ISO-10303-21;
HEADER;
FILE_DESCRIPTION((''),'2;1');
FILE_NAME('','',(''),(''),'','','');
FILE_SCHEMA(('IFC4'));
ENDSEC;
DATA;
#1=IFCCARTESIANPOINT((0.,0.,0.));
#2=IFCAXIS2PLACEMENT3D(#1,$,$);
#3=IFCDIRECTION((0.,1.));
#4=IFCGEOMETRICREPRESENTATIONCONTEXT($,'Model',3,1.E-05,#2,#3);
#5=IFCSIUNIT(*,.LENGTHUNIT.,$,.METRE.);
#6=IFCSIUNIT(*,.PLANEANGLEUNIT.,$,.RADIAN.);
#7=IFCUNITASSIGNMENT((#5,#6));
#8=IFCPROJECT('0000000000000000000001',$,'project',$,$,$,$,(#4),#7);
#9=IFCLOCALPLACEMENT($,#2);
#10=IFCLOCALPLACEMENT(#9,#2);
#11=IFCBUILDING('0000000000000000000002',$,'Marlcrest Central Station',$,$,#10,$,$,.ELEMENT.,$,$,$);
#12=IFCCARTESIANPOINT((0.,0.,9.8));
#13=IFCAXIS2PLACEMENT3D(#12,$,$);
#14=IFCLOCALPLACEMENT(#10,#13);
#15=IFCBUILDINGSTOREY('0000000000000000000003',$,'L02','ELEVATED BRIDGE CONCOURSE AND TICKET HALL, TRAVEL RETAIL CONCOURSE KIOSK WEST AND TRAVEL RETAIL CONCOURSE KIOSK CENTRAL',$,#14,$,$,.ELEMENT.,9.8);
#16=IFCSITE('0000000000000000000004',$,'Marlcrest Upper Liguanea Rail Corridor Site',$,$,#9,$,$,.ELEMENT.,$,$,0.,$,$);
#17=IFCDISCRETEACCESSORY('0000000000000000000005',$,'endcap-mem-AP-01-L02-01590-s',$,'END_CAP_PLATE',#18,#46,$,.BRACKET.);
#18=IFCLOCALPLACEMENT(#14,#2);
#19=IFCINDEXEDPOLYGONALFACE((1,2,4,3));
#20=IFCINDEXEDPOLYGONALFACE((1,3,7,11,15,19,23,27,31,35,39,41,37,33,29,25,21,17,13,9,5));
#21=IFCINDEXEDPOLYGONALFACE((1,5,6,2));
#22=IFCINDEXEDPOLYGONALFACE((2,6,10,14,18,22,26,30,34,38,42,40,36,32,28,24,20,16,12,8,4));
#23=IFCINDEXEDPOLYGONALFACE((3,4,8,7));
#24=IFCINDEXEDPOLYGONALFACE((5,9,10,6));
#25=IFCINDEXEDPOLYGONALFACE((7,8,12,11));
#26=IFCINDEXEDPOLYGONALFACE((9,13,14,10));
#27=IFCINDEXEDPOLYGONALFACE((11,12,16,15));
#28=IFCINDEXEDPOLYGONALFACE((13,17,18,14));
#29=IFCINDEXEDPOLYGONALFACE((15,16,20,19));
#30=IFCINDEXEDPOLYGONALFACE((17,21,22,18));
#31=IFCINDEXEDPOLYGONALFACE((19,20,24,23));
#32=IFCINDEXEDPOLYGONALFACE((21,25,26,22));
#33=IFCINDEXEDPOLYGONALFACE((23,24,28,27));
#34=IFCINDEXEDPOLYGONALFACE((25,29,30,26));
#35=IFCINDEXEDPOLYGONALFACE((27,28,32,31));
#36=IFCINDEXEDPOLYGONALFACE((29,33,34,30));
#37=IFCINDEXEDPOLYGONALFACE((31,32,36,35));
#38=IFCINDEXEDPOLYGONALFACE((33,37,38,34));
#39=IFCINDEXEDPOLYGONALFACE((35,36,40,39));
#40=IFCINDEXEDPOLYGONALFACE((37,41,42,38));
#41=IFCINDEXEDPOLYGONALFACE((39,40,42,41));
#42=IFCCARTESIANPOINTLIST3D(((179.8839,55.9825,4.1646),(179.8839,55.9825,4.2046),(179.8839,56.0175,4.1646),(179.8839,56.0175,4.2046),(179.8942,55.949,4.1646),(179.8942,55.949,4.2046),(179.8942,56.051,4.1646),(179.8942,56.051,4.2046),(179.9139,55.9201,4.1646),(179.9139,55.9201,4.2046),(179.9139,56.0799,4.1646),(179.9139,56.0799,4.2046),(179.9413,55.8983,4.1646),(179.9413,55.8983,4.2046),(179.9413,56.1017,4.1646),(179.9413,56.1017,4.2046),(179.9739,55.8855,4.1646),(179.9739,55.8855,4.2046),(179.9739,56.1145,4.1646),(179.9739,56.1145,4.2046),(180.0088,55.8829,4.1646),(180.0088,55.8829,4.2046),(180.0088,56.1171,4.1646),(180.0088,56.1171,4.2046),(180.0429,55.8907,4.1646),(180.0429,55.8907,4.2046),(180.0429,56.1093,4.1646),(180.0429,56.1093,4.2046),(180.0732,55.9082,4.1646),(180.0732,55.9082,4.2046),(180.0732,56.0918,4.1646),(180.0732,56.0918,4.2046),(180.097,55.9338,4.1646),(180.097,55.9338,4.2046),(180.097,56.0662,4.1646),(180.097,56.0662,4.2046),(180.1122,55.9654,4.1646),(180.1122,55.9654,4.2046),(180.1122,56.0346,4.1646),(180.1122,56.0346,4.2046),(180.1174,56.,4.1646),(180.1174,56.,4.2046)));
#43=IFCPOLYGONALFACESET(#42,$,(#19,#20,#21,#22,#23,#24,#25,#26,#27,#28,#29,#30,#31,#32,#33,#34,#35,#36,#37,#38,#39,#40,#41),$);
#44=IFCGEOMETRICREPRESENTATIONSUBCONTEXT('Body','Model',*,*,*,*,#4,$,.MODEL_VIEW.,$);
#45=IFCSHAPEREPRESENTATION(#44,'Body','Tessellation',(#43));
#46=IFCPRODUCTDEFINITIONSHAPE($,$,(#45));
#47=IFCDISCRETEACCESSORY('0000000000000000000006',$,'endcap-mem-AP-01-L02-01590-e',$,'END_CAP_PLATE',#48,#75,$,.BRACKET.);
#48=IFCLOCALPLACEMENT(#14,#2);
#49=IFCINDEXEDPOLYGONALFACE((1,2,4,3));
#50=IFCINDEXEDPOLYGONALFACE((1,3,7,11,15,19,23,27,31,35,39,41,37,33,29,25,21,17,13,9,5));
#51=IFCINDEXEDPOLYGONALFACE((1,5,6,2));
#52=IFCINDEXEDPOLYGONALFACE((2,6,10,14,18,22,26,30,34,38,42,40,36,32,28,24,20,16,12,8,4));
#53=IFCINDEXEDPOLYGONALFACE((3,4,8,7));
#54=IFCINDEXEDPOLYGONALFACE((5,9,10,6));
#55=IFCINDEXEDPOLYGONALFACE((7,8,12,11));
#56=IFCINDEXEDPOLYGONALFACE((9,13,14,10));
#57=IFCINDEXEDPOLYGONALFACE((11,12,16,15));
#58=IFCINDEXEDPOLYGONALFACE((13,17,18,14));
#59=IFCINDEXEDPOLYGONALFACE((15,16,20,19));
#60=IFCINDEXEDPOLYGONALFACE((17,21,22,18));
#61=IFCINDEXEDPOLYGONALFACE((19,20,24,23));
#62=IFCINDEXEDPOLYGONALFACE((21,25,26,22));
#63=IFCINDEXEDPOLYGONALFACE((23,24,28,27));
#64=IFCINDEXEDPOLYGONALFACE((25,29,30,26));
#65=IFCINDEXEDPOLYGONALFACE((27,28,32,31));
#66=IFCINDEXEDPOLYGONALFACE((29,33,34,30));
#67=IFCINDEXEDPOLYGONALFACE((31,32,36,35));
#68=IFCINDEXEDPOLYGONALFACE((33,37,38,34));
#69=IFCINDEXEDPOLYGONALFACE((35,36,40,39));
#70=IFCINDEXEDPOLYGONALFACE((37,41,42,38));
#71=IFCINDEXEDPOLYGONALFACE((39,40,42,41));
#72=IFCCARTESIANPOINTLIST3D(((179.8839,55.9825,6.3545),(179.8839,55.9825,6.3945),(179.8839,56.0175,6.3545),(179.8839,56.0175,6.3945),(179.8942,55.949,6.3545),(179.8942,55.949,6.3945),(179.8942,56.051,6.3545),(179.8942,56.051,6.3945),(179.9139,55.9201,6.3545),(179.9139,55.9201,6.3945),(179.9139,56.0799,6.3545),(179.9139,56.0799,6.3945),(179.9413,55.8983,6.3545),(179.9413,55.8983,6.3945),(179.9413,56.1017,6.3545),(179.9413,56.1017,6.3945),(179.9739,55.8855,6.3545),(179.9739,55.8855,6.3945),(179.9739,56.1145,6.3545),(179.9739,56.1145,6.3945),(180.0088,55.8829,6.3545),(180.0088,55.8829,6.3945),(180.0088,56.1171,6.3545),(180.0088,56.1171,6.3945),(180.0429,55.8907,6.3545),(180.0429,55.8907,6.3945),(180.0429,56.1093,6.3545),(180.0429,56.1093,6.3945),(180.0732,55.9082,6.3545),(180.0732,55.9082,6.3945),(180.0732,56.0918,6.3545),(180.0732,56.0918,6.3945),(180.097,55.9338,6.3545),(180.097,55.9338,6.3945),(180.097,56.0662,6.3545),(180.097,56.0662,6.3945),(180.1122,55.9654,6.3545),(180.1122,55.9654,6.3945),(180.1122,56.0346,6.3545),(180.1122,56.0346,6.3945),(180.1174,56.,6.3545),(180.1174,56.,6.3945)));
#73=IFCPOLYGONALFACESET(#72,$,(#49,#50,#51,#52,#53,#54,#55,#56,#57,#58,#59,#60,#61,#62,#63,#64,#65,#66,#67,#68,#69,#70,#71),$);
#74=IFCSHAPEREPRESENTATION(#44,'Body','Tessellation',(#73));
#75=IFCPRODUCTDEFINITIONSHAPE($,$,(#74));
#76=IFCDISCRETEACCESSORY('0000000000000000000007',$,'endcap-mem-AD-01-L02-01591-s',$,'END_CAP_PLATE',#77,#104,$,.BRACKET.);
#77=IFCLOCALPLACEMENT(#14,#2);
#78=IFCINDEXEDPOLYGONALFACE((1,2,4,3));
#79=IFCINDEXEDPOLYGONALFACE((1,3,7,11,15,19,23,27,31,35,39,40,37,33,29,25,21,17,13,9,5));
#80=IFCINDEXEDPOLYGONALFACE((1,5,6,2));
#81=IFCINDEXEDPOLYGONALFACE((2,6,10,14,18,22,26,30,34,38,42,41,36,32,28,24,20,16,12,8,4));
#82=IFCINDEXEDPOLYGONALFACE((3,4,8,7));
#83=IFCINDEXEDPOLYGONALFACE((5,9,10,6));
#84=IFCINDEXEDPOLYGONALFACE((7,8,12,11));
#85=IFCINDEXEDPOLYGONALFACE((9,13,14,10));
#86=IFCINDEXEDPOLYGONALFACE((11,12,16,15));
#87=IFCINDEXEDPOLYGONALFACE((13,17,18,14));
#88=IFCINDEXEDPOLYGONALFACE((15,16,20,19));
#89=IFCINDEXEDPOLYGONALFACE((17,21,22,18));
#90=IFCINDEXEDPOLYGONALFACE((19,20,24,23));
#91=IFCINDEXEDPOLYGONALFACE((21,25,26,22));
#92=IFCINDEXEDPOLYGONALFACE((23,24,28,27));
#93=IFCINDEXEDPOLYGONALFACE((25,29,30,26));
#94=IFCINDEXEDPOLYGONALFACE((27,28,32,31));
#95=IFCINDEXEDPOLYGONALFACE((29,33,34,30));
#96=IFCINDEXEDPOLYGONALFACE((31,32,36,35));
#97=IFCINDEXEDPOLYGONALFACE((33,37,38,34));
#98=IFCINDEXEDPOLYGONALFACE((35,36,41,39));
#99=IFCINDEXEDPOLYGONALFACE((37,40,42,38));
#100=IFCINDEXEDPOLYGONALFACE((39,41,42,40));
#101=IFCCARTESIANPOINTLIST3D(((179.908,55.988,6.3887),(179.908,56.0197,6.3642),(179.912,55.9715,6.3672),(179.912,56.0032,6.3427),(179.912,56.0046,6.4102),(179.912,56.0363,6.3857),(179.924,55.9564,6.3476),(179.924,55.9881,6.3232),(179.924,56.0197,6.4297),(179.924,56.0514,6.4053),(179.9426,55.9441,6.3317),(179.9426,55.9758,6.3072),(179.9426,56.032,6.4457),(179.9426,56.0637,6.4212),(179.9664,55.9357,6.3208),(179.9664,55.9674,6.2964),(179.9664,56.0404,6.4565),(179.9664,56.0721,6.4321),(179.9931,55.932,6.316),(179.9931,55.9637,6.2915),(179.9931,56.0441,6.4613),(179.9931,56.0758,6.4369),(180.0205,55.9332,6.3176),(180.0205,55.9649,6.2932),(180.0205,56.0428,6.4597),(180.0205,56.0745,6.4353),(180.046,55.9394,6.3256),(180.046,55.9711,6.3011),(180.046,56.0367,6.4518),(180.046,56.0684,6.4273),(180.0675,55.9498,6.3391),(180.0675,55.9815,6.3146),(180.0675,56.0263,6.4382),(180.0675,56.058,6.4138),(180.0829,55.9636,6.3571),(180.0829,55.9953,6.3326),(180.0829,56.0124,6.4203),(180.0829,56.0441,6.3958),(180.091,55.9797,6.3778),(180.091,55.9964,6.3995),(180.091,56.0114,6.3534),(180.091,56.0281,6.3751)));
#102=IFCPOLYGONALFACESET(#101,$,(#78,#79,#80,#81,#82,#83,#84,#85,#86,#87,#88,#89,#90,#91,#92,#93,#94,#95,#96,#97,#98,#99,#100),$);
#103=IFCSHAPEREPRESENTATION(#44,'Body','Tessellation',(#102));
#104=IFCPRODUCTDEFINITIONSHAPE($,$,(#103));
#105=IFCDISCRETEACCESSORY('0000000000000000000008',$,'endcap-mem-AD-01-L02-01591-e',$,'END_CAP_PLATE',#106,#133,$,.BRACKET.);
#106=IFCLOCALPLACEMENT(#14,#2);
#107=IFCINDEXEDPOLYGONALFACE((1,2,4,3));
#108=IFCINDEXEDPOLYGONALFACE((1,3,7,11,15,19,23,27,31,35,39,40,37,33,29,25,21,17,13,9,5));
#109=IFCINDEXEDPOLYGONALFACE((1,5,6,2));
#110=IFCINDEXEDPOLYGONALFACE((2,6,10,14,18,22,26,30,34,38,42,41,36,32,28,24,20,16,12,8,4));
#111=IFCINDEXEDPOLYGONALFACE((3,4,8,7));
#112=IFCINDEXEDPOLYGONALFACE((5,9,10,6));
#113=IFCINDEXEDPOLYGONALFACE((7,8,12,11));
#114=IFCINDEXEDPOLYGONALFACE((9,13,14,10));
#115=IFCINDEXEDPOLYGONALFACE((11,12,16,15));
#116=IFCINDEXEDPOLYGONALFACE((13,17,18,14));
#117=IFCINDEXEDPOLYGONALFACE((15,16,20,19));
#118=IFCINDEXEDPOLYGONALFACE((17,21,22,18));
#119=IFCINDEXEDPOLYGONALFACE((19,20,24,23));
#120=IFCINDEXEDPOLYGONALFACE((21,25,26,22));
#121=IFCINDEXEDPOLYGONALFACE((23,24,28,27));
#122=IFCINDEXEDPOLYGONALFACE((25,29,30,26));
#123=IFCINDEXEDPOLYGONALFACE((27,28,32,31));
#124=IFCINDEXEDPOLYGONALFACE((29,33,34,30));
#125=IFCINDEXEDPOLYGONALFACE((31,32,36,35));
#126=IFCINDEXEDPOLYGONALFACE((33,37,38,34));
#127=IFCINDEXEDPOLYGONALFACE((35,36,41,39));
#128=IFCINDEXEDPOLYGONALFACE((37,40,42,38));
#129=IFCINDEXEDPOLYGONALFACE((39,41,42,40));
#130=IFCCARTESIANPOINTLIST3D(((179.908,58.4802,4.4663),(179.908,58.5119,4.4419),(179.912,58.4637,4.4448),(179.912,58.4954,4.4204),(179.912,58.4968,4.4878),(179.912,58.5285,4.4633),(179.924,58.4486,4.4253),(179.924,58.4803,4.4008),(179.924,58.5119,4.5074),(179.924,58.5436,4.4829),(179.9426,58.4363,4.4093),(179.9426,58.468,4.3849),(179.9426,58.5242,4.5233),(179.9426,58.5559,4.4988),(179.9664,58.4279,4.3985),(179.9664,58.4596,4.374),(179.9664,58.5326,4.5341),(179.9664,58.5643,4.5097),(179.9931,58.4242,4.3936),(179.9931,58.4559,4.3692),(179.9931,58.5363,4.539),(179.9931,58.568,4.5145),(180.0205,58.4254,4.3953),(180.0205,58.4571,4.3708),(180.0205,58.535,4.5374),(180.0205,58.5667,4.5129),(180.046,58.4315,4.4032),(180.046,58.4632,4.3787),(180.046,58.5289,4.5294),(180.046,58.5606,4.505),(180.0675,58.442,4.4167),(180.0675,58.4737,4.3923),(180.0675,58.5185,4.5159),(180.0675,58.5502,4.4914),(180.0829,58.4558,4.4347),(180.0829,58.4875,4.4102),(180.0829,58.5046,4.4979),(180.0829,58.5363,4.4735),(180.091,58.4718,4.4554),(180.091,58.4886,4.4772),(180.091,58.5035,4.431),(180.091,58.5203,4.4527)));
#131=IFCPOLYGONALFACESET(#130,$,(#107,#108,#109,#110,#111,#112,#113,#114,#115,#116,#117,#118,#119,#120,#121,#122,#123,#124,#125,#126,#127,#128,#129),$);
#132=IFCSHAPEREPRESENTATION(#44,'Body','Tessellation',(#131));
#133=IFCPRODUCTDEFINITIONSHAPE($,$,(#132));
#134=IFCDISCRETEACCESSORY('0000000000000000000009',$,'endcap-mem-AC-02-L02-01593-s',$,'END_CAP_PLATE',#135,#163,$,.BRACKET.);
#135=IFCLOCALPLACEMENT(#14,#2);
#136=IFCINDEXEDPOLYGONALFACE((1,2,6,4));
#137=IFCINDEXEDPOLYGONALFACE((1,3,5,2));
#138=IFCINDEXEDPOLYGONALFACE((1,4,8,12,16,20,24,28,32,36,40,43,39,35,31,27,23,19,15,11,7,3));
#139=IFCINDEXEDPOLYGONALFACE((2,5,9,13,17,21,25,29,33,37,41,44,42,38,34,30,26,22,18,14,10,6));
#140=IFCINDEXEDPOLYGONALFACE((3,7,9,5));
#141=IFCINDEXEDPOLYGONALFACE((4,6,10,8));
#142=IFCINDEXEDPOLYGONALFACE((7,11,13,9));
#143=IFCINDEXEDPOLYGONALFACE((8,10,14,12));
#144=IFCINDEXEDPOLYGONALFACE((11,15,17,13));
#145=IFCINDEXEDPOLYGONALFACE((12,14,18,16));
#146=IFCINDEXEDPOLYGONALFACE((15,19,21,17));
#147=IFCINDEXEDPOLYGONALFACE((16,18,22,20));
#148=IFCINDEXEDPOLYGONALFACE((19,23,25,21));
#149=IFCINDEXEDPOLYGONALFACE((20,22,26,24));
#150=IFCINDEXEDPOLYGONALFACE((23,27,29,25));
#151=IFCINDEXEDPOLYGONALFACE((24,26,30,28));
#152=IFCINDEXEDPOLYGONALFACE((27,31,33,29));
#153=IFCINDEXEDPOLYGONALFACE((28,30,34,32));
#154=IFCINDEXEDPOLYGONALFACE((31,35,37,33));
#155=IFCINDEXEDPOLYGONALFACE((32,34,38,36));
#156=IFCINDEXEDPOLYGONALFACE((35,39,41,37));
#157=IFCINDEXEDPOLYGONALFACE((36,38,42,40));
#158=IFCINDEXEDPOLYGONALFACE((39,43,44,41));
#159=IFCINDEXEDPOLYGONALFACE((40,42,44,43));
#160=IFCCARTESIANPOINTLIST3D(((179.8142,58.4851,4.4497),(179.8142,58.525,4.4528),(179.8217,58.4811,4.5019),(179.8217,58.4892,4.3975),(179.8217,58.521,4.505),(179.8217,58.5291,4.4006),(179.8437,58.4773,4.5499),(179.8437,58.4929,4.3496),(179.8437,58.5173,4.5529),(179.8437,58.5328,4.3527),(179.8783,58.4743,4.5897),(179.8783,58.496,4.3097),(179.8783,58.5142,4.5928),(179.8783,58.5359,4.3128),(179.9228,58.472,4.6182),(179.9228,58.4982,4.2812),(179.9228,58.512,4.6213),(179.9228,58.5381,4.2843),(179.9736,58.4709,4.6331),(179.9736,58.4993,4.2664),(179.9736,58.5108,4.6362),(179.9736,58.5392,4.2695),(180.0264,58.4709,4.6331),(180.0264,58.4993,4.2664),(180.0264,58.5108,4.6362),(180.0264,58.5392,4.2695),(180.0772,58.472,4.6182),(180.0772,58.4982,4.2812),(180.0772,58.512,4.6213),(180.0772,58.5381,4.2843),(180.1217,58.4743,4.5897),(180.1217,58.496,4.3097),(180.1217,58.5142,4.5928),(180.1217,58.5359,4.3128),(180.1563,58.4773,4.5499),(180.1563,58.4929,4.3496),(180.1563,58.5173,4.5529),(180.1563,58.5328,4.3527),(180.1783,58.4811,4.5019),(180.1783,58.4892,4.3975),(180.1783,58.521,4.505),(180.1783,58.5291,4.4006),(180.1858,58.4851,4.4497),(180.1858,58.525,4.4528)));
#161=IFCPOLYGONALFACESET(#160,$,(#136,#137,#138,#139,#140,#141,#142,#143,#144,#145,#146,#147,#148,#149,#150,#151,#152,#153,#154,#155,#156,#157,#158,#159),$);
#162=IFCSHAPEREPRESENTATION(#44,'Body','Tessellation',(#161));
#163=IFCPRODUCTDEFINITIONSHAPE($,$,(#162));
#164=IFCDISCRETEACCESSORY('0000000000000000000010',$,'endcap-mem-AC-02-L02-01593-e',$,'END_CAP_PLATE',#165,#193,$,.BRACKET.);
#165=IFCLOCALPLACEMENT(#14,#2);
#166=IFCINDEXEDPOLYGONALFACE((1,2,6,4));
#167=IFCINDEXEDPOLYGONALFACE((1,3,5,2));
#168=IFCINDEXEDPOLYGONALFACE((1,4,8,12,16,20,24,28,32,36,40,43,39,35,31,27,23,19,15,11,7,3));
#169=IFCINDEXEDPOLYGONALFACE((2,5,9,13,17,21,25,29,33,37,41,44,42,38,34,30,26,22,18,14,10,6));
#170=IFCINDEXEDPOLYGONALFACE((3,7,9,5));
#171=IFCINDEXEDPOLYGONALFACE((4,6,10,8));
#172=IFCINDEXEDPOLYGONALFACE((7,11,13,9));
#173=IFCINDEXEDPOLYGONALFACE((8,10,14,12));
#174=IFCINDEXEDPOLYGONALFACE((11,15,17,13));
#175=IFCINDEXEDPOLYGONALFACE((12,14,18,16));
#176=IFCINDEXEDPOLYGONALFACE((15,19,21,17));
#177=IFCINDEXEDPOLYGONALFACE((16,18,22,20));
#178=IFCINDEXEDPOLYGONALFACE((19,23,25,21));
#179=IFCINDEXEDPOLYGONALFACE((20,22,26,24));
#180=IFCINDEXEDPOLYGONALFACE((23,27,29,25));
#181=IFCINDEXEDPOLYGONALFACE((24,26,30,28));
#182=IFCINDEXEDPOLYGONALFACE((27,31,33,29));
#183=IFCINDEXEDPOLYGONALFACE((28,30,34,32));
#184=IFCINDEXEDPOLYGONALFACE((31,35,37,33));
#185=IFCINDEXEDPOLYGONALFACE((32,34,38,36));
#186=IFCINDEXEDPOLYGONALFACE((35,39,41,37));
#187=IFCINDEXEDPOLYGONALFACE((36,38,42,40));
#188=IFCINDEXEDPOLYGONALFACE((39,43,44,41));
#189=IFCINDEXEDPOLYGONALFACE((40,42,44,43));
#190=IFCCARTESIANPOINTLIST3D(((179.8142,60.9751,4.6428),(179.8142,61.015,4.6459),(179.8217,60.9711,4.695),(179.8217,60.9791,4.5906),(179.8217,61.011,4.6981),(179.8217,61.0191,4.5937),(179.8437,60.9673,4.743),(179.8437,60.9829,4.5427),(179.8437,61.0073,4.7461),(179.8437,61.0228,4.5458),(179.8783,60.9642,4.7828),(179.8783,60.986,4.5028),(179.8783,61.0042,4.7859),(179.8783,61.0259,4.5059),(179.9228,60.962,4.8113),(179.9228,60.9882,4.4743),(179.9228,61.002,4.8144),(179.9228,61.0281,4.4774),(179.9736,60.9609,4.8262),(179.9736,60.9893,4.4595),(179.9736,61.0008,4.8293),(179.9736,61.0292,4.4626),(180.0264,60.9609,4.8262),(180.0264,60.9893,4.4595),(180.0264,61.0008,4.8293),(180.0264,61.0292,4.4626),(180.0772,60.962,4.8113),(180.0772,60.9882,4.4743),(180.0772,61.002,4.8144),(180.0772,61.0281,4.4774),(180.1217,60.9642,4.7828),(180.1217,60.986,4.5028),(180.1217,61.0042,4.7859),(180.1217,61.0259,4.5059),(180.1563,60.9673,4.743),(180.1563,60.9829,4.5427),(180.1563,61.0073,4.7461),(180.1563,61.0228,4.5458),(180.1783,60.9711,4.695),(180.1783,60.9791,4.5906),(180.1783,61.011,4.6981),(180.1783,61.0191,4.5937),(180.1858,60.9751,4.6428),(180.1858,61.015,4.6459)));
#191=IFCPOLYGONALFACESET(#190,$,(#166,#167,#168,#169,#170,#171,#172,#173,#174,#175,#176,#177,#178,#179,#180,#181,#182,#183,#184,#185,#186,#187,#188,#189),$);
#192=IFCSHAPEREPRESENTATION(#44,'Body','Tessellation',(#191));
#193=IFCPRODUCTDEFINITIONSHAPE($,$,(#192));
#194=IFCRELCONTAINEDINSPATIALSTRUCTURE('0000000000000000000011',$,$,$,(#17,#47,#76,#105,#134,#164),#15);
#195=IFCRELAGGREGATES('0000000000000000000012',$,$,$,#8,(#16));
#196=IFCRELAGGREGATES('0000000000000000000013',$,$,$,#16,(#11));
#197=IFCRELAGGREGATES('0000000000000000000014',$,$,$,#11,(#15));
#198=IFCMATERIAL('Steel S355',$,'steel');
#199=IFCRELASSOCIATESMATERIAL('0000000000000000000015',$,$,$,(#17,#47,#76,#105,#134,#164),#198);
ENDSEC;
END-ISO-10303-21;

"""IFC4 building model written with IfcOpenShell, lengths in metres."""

from ifc_helpers import new_model, si_unit, direction, frame, origin, origin_2d, place, context, subcontext, project, spatial, circle, extrude, material, element, save


model = new_model("IFC4")

# Units and contexts
model_context = context("Model", 3, precision=1e-05, world=origin(), true_north=direction((0.0, 1.0)))
body_context = subcontext(model_context, "Body", "Model", "MODEL_VIEW")
ifc_project = project(units=[si_unit("LENGTHUNIT", "METRE"), si_unit("PLANEANGLEUNIT", "RADIAN")], contexts=[model_context])

# Site, building, storey
site_placement = place(None, origin())
site = spatial("IfcSite", under=ifc_project, at=site_placement, Name="Marlcrest Upper Liguanea Rail Corridor Site", CompositionType="ELEMENT", RefElevation=0.0)
building_placement = place(site_placement, origin())
building = spatial("IfcBuilding", under=site, at=building_placement, Name="Marlcrest Central Station", CompositionType="ELEMENT")
storey_placement = place(building_placement, frame((0.0, 0.0, 9.8)))
storey = spatial("IfcBuildingStorey", under=building, at=storey_placement, Name="L02", Description="ELEVATED BRIDGE CONCOURSE AND TICKET HALL, TRAVEL RETAIL CONCOURSE KIOSK WEST AND TRAVEL RETAIL CONCOURSE KIOSK CENTRAL", CompositionType="ELEMENT", Elevation=9.8)

# Shared definitions
ifc_material = material(Name="Steel S355", Category="steel")

# Discrete accessories
for number, where, z_axis, x_axis, name in (
    (1, (180.0, 56.0, 4.1646), (0.0, 0.0, 1.0), (1.0, 0.0, 0.0), "endcap-mem-AP-01-L02-01590-s"),
    (2, (180.0, 56.0, 6.3545), (0.0, 0.0, 1.0), (1.0, 0.0, 0.0), "endcap-mem-AP-01-L02-01590-e"),
):
    element("IfcDiscreteAccessory", number, at=place(storey_placement, frame(where, z_axis=z_axis, x_axis=x_axis)), inside=storey, material=ifc_material, Name=name, ObjectType="END_CAP_PLATE", PredefinedType="BRACKET", context=body_context, shape_type="SweptSolid", body=[
        extrude(circle(Radius=0.1174, at=origin_2d()), origin(), (0.0, 0.0, 1.0), 0.04),
    ])
for number, where, z_axis, x_axis, name in (
    (3, (180.0, 55.988, 6.3887), (0.0, 0.791798, -0.610783), (-1.0, 0.0, 0.0), "endcap-mem-AD-01-L02-01591-s"),
    (4, (180.0, 58.4802, 4.4663), (0.0, 0.791798, -0.610783), (-1.0, 0.0, 0.0), "endcap-mem-AD-01-L02-01591-e"),
):
    element("IfcDiscreteAccessory", number, at=place(storey_placement, frame(where, z_axis=z_axis, x_axis=x_axis)), inside=storey, material=ifc_material, Name=name, ObjectType="END_CAP_PLATE", PredefinedType="BRACKET", context=body_context, shape_type="SweptSolid", body=[
        extrude(circle(Radius=0.092, at=origin_2d()), origin(), (0.0, 0.0, 1.0), 0.04),
    ])
for number, where, z_axis, x_axis, name in (
    (5, (180.0, 58.4851, 4.4497), (0.0, 0.997007, 0.077307), (-1.0, 0.0, 0.0), "endcap-mem-AC-02-L02-01593-s"),
    (6, (180.0, 60.9751, 4.6428), (0.0, 0.997007, 0.077307), (-1.0, 0.0, 0.0), "endcap-mem-AC-02-L02-01593-e"),
):
    element("IfcDiscreteAccessory", number, at=place(storey_placement, frame(where, z_axis=z_axis, x_axis=x_axis)), inside=storey, material=ifc_material, Name=name, ObjectType="END_CAP_PLATE", PredefinedType="BRACKET", context=body_context, shape_type="SweptSolid", body=[
        extrude(circle(Radius=0.1858, at=origin_2d()), origin(), (0.0, 0.0, 1.0), 0.04),
    ])

save(model, "model.ifc")
